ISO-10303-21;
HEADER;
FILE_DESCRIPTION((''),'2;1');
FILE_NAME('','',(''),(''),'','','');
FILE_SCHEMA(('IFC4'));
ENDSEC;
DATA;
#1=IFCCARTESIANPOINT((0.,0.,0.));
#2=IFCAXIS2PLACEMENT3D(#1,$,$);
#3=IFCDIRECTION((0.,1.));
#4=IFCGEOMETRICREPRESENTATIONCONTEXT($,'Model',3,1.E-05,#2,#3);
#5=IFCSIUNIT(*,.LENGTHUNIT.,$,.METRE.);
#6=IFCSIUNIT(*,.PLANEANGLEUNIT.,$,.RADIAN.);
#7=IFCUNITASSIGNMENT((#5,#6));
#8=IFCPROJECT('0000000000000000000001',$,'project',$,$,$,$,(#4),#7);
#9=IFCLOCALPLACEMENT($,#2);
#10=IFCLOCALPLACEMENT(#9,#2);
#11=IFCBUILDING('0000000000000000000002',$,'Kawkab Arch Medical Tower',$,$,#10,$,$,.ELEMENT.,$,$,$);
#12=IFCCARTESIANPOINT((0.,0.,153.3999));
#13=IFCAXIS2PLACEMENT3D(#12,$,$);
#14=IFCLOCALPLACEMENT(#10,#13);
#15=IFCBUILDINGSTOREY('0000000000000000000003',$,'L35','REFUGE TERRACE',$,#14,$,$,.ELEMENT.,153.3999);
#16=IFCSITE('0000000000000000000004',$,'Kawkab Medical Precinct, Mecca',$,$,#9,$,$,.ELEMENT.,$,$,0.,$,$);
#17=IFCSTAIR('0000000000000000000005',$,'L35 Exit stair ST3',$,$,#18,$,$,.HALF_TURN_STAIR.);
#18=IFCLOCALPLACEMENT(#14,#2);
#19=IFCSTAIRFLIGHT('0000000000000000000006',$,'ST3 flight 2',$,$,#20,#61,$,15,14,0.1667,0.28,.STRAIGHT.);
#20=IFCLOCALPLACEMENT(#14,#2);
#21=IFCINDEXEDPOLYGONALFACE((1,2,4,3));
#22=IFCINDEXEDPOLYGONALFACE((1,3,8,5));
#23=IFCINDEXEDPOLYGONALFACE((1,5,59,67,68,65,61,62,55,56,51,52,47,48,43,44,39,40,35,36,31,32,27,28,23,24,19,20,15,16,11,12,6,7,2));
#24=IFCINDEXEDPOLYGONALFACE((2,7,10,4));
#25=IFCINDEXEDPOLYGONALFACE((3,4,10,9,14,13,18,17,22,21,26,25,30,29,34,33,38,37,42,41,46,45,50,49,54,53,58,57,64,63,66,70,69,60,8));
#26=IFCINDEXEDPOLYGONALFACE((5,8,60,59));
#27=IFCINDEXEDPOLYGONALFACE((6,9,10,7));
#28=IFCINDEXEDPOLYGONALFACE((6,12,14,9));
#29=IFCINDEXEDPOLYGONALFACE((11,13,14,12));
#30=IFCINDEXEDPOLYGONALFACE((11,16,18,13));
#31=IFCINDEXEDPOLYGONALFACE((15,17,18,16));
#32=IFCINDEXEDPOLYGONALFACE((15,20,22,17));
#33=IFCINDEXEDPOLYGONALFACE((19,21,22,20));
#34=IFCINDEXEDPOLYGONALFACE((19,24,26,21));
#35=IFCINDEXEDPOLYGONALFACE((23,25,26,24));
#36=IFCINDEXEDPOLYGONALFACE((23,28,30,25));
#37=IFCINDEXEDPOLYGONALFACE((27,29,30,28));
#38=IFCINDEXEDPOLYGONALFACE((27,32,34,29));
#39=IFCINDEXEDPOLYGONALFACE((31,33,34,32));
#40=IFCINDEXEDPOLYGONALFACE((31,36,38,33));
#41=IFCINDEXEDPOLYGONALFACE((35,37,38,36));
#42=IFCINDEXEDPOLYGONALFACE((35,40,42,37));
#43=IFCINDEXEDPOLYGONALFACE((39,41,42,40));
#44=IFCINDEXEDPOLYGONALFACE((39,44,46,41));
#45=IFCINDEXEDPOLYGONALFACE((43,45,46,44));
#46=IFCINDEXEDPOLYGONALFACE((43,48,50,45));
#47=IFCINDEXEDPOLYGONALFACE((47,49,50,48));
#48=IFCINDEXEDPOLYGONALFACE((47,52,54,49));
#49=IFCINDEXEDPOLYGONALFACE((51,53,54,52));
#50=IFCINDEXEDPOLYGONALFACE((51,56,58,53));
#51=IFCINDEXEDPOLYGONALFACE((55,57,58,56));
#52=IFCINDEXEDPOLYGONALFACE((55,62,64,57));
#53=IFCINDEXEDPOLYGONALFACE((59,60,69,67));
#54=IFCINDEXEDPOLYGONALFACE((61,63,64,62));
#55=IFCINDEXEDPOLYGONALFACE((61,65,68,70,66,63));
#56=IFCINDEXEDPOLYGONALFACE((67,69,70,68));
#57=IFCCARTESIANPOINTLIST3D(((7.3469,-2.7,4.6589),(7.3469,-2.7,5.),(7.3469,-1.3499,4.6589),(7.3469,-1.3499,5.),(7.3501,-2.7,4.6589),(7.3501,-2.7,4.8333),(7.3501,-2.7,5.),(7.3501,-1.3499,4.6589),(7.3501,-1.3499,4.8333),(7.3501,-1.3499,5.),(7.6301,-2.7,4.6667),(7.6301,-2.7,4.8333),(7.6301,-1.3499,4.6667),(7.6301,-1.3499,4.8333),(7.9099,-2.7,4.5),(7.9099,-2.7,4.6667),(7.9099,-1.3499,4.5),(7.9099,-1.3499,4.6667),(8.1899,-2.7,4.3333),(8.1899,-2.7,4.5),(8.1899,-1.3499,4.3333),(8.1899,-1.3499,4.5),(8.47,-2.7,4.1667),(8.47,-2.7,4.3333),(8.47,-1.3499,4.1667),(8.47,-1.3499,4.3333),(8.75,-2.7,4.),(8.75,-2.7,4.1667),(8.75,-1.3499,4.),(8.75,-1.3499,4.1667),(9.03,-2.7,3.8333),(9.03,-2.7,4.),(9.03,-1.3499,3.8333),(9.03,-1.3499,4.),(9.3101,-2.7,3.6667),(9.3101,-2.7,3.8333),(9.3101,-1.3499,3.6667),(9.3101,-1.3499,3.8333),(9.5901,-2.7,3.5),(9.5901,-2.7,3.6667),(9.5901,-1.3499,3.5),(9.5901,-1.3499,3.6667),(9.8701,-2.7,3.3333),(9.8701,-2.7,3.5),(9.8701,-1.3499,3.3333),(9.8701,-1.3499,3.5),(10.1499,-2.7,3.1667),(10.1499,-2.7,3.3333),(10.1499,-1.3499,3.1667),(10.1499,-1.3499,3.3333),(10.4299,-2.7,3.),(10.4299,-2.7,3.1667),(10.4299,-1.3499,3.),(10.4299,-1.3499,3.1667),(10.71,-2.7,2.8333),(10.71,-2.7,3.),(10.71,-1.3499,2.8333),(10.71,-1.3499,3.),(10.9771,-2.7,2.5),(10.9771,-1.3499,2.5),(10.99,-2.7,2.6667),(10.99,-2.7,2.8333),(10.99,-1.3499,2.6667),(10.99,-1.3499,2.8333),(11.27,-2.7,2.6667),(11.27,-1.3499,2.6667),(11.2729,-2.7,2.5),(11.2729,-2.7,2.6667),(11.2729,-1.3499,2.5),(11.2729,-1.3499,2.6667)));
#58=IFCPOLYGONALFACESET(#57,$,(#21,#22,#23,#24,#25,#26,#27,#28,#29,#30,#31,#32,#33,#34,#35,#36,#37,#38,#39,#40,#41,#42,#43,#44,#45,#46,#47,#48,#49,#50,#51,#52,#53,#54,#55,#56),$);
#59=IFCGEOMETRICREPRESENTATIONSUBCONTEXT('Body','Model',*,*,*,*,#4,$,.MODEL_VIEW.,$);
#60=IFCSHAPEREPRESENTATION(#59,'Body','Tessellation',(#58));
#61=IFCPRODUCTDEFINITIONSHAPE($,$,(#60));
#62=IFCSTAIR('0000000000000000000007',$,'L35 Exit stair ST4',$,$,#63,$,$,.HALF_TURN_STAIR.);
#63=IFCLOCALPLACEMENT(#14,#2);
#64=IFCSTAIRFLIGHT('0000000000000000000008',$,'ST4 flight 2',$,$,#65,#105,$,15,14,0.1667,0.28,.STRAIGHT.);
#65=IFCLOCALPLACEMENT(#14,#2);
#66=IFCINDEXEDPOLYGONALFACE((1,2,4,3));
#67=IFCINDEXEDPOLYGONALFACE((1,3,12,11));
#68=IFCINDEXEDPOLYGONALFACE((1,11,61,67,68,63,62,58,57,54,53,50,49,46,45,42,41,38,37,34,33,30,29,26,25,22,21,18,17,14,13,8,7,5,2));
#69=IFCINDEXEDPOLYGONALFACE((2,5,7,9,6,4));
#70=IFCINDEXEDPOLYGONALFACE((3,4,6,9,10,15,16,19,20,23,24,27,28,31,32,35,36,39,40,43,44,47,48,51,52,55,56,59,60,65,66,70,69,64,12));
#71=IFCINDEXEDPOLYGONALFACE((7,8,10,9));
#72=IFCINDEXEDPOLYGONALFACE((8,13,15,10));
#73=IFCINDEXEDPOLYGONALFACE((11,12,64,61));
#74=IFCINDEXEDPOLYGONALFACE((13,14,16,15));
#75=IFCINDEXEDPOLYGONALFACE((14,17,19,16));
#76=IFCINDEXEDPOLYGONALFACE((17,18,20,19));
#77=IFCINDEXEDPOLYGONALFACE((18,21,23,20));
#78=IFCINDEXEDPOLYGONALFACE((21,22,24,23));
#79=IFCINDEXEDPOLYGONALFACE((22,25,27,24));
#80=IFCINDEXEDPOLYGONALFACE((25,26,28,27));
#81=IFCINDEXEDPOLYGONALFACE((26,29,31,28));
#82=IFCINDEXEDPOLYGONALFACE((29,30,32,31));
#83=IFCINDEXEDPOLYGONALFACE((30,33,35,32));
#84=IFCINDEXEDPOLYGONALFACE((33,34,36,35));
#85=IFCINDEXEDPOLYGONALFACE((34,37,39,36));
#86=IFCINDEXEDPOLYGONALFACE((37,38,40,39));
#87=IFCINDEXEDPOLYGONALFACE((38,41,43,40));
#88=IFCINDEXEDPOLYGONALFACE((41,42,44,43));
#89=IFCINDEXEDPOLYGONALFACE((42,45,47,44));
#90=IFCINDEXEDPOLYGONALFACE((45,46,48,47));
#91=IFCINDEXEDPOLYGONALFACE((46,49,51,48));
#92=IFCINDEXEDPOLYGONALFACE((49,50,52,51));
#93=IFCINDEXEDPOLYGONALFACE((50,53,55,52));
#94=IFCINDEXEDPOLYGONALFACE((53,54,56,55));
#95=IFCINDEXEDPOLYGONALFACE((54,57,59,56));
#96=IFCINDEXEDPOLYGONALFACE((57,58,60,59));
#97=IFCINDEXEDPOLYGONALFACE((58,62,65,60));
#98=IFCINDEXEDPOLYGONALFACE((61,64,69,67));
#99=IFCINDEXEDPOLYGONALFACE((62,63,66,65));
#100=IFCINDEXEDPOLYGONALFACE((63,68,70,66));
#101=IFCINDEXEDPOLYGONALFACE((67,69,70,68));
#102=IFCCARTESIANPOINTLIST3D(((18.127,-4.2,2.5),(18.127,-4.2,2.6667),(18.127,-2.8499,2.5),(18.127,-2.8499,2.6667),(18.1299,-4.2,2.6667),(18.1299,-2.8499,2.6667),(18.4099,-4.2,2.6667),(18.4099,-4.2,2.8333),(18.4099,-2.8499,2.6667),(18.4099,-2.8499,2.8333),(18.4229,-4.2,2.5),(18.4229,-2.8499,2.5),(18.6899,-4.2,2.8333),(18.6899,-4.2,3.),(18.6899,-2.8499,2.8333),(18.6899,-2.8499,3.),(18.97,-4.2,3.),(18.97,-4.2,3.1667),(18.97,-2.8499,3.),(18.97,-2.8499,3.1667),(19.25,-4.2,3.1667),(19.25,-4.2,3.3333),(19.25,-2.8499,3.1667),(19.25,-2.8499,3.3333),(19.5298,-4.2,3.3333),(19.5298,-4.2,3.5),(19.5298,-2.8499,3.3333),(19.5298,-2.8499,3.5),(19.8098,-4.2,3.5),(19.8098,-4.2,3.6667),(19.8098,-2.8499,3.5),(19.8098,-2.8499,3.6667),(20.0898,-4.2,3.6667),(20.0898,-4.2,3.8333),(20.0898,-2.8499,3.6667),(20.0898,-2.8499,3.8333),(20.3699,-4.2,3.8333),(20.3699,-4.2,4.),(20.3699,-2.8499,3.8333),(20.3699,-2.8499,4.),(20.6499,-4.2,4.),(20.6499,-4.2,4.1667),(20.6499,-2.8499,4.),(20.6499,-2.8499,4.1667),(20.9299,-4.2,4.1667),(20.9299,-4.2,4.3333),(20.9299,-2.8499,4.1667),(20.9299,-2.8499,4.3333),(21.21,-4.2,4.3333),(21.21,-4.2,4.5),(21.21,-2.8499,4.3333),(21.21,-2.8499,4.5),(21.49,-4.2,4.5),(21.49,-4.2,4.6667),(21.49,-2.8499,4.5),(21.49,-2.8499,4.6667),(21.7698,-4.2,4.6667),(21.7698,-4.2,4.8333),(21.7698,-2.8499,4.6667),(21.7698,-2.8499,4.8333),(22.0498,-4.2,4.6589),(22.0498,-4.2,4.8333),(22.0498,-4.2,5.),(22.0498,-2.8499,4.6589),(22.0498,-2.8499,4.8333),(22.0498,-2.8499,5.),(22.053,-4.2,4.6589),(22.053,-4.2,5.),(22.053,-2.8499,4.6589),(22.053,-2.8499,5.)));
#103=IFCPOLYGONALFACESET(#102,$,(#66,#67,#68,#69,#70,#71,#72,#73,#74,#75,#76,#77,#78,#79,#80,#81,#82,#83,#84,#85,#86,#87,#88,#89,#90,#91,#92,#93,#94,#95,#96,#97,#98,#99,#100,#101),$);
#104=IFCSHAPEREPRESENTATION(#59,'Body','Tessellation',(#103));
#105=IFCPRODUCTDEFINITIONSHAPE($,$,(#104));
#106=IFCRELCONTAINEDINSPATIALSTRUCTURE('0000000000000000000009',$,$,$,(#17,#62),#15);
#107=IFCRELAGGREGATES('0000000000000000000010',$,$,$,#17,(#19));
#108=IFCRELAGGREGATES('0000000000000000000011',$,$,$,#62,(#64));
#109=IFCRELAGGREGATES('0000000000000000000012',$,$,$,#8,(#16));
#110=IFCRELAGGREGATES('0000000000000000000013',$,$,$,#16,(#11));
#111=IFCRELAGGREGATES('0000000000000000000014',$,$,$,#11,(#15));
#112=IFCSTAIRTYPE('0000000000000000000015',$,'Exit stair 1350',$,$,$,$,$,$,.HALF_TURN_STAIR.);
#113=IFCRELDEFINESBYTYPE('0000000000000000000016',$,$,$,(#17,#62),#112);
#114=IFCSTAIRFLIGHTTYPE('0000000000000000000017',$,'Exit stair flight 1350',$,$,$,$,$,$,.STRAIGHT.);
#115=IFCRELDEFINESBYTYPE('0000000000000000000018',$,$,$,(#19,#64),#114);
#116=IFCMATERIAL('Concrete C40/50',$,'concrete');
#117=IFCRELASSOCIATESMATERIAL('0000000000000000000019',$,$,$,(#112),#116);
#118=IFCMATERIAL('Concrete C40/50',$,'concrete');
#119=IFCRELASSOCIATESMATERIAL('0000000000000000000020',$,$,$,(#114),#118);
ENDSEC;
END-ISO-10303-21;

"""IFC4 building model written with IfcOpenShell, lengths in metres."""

from ifc_helpers import new_model, si_unit, direction, frame, origin, place, context, subcontext, project, spatial, polyline, outline, extrude, material, type_object, element, aggregate, save


model = new_model("IFC4")

# Units and contexts
model_context = context("Model", 3, precision=1e-05, world=origin(), true_north=direction((0.0, 1.0)))
body_context = subcontext(model_context, "Body", "Model", "MODEL_VIEW")
ifc_project = project(units=[si_unit("LENGTHUNIT", "METRE"), si_unit("PLANEANGLEUNIT", "RADIAN")], contexts=[model_context])

# Site, building, storey
site_placement = place(None, origin())
site = spatial("IfcSite", under=ifc_project, at=site_placement, Name="Kawkab Medical Precinct, Mecca", CompositionType="ELEMENT", RefElevation=0.0)
building_placement = place(site_placement, origin())
building = spatial("IfcBuilding", under=site, at=building_placement, Name="Kawkab Arch Medical Tower", CompositionType="ELEMENT")
storey_placement = place(building_placement, frame((0.0, 0.0, 153.3999)))
storey = spatial("IfcBuildingStorey", under=building, at=storey_placement, Name="L35", Description="REFUGE TERRACE", CompositionType="ELEMENT", Elevation=153.3999)

# Stair, stair flight
ifc_material_1 = material(Name="Concrete C40/50", Category="concrete")
stair_type = type_object("IfcStairType", Name="Exit stair 1350", PredefinedType="HALF_TURN_STAIR", material=ifc_material_1)
placement = place(storey_placement, origin())
stair_1 = element("IfcStair", 1, at=placement, inside=storey, type_object=stair_type, Name="L35 Exit stair ST3", PredefinedType="HALF_TURN_STAIR")
ifc_material_2 = material(Name="Concrete C40/50", Category="concrete")
stair_flight_type = type_object("IfcStairFlightType", Name="Exit stair flight 1350", PredefinedType="STRAIGHT", material=ifc_material_2)
stair_flight_1_placement = place(storey_placement, frame((11.27, -2.0249, 2.5), z_axis=(0.0, 0.0, 1.0), x_axis=(-1.0, 0.0, 0.0)))
stair_flight_1 = element("IfcStairFlight", 2, at=stair_flight_1_placement, type_object=stair_flight_type, Name="ST3 flight 2", NumberOfRisers=15, NumberOfTreads=14, PredefinedType="STRAIGHT", RiserHeight=0.1667, TreadLength=0.28, context=body_context, shape_type="SweptSolid", body=[
    extrude(outline(polyline([(-0.0029, 0.0), (-0.0029, 0.1667), (0.0, 0.1667), (0.28, 0.1667), (0.28, 0.3333), (0.5601, 0.3333), (0.5601, 0.5), (0.8401, 0.5), (0.8401, 0.6667), (1.1201, 0.6667), (1.1201, 0.8333), (1.3999, 0.8333), (1.3999, 1.0), (1.6799, 1.0), (1.6799, 1.1667), (1.96, 1.1667), (1.96, 1.3333), (2.24, 1.3333), (2.24, 1.5), (2.52, 1.5), (2.52, 1.6667), (2.8, 1.6667), (2.8, 1.8333), (3.0801, 1.8333), (3.0801, 2.0), (3.3601, 2.0), (3.3601, 2.1667), (3.6399, 2.1667), (3.6399, 2.3333), (3.9199, 2.3333), (3.9199, 2.5), (3.9231, 2.5), (3.9231, 2.1589), (3.9199, 2.1589), (0.293, 0.0), (-0.0029, 0.0)])), frame((0.0, 0.675, 0.0), z_axis=(0.0, -1.0, 0.0), x_axis=(1.0, 0.0, 0.0)), (0.0, 0.0, 1.0), 1.3501),
])
aggregate(stair_1, [stair_flight_1])

# Stair, stair flight
stair_2 = element("IfcStair", 3, at=placement, inside=storey, type_object=stair_type, Name="L35 Exit stair ST4", PredefinedType="HALF_TURN_STAIR")
stair_flight_2_placement = place(storey_placement, frame((18.1299, -3.5249, 2.5), z_axis=(0.0, 0.0, 1.0), x_axis=(1.0, 0.0, 0.0)))
stair_flight_2 = element("IfcStairFlight", 4, at=stair_flight_2_placement, type_object=stair_flight_type, Name="ST4 flight 2", NumberOfRisers=15, NumberOfTreads=14, PredefinedType="STRAIGHT", RiserHeight=0.1667, TreadLength=0.28, context=body_context, shape_type="SweptSolid", body=[
    extrude(outline(polyline([(-0.0029, 0.0), (-0.0029, 0.1667), (0.0, 0.1667), (0.28, 0.1667), (0.28, 0.3333), (0.5601, 0.3333), (0.5601, 0.5), (0.8401, 0.5), (0.8401, 0.6667), (1.1201, 0.6667), (1.1201, 0.8333), (1.3999, 0.8333), (1.3999, 1.0), (1.6799, 1.0), (1.6799, 1.1667), (1.96, 1.1667), (1.96, 1.3333), (2.24, 1.3333), (2.24, 1.5), (2.52, 1.5), (2.52, 1.6667), (2.8, 1.6667), (2.8, 1.8333), (3.0801, 1.8333), (3.0801, 2.0), (3.3601, 2.0), (3.3601, 2.1667), (3.6399, 2.1667), (3.6399, 2.3333), (3.9199, 2.3333), (3.9199, 2.5), (3.9231, 2.5), (3.9231, 2.1589), (3.9199, 2.1589), (0.293, 0.0), (-0.0029, 0.0)])), frame((0.0, 0.675, 0.0), z_axis=(0.0, -1.0, 0.0), x_axis=(1.0, 0.0, 0.0)), (0.0, 0.0, 1.0), 1.3501),
])
aggregate(stair_2, [stair_flight_2])

save(model, "model.ifc")
